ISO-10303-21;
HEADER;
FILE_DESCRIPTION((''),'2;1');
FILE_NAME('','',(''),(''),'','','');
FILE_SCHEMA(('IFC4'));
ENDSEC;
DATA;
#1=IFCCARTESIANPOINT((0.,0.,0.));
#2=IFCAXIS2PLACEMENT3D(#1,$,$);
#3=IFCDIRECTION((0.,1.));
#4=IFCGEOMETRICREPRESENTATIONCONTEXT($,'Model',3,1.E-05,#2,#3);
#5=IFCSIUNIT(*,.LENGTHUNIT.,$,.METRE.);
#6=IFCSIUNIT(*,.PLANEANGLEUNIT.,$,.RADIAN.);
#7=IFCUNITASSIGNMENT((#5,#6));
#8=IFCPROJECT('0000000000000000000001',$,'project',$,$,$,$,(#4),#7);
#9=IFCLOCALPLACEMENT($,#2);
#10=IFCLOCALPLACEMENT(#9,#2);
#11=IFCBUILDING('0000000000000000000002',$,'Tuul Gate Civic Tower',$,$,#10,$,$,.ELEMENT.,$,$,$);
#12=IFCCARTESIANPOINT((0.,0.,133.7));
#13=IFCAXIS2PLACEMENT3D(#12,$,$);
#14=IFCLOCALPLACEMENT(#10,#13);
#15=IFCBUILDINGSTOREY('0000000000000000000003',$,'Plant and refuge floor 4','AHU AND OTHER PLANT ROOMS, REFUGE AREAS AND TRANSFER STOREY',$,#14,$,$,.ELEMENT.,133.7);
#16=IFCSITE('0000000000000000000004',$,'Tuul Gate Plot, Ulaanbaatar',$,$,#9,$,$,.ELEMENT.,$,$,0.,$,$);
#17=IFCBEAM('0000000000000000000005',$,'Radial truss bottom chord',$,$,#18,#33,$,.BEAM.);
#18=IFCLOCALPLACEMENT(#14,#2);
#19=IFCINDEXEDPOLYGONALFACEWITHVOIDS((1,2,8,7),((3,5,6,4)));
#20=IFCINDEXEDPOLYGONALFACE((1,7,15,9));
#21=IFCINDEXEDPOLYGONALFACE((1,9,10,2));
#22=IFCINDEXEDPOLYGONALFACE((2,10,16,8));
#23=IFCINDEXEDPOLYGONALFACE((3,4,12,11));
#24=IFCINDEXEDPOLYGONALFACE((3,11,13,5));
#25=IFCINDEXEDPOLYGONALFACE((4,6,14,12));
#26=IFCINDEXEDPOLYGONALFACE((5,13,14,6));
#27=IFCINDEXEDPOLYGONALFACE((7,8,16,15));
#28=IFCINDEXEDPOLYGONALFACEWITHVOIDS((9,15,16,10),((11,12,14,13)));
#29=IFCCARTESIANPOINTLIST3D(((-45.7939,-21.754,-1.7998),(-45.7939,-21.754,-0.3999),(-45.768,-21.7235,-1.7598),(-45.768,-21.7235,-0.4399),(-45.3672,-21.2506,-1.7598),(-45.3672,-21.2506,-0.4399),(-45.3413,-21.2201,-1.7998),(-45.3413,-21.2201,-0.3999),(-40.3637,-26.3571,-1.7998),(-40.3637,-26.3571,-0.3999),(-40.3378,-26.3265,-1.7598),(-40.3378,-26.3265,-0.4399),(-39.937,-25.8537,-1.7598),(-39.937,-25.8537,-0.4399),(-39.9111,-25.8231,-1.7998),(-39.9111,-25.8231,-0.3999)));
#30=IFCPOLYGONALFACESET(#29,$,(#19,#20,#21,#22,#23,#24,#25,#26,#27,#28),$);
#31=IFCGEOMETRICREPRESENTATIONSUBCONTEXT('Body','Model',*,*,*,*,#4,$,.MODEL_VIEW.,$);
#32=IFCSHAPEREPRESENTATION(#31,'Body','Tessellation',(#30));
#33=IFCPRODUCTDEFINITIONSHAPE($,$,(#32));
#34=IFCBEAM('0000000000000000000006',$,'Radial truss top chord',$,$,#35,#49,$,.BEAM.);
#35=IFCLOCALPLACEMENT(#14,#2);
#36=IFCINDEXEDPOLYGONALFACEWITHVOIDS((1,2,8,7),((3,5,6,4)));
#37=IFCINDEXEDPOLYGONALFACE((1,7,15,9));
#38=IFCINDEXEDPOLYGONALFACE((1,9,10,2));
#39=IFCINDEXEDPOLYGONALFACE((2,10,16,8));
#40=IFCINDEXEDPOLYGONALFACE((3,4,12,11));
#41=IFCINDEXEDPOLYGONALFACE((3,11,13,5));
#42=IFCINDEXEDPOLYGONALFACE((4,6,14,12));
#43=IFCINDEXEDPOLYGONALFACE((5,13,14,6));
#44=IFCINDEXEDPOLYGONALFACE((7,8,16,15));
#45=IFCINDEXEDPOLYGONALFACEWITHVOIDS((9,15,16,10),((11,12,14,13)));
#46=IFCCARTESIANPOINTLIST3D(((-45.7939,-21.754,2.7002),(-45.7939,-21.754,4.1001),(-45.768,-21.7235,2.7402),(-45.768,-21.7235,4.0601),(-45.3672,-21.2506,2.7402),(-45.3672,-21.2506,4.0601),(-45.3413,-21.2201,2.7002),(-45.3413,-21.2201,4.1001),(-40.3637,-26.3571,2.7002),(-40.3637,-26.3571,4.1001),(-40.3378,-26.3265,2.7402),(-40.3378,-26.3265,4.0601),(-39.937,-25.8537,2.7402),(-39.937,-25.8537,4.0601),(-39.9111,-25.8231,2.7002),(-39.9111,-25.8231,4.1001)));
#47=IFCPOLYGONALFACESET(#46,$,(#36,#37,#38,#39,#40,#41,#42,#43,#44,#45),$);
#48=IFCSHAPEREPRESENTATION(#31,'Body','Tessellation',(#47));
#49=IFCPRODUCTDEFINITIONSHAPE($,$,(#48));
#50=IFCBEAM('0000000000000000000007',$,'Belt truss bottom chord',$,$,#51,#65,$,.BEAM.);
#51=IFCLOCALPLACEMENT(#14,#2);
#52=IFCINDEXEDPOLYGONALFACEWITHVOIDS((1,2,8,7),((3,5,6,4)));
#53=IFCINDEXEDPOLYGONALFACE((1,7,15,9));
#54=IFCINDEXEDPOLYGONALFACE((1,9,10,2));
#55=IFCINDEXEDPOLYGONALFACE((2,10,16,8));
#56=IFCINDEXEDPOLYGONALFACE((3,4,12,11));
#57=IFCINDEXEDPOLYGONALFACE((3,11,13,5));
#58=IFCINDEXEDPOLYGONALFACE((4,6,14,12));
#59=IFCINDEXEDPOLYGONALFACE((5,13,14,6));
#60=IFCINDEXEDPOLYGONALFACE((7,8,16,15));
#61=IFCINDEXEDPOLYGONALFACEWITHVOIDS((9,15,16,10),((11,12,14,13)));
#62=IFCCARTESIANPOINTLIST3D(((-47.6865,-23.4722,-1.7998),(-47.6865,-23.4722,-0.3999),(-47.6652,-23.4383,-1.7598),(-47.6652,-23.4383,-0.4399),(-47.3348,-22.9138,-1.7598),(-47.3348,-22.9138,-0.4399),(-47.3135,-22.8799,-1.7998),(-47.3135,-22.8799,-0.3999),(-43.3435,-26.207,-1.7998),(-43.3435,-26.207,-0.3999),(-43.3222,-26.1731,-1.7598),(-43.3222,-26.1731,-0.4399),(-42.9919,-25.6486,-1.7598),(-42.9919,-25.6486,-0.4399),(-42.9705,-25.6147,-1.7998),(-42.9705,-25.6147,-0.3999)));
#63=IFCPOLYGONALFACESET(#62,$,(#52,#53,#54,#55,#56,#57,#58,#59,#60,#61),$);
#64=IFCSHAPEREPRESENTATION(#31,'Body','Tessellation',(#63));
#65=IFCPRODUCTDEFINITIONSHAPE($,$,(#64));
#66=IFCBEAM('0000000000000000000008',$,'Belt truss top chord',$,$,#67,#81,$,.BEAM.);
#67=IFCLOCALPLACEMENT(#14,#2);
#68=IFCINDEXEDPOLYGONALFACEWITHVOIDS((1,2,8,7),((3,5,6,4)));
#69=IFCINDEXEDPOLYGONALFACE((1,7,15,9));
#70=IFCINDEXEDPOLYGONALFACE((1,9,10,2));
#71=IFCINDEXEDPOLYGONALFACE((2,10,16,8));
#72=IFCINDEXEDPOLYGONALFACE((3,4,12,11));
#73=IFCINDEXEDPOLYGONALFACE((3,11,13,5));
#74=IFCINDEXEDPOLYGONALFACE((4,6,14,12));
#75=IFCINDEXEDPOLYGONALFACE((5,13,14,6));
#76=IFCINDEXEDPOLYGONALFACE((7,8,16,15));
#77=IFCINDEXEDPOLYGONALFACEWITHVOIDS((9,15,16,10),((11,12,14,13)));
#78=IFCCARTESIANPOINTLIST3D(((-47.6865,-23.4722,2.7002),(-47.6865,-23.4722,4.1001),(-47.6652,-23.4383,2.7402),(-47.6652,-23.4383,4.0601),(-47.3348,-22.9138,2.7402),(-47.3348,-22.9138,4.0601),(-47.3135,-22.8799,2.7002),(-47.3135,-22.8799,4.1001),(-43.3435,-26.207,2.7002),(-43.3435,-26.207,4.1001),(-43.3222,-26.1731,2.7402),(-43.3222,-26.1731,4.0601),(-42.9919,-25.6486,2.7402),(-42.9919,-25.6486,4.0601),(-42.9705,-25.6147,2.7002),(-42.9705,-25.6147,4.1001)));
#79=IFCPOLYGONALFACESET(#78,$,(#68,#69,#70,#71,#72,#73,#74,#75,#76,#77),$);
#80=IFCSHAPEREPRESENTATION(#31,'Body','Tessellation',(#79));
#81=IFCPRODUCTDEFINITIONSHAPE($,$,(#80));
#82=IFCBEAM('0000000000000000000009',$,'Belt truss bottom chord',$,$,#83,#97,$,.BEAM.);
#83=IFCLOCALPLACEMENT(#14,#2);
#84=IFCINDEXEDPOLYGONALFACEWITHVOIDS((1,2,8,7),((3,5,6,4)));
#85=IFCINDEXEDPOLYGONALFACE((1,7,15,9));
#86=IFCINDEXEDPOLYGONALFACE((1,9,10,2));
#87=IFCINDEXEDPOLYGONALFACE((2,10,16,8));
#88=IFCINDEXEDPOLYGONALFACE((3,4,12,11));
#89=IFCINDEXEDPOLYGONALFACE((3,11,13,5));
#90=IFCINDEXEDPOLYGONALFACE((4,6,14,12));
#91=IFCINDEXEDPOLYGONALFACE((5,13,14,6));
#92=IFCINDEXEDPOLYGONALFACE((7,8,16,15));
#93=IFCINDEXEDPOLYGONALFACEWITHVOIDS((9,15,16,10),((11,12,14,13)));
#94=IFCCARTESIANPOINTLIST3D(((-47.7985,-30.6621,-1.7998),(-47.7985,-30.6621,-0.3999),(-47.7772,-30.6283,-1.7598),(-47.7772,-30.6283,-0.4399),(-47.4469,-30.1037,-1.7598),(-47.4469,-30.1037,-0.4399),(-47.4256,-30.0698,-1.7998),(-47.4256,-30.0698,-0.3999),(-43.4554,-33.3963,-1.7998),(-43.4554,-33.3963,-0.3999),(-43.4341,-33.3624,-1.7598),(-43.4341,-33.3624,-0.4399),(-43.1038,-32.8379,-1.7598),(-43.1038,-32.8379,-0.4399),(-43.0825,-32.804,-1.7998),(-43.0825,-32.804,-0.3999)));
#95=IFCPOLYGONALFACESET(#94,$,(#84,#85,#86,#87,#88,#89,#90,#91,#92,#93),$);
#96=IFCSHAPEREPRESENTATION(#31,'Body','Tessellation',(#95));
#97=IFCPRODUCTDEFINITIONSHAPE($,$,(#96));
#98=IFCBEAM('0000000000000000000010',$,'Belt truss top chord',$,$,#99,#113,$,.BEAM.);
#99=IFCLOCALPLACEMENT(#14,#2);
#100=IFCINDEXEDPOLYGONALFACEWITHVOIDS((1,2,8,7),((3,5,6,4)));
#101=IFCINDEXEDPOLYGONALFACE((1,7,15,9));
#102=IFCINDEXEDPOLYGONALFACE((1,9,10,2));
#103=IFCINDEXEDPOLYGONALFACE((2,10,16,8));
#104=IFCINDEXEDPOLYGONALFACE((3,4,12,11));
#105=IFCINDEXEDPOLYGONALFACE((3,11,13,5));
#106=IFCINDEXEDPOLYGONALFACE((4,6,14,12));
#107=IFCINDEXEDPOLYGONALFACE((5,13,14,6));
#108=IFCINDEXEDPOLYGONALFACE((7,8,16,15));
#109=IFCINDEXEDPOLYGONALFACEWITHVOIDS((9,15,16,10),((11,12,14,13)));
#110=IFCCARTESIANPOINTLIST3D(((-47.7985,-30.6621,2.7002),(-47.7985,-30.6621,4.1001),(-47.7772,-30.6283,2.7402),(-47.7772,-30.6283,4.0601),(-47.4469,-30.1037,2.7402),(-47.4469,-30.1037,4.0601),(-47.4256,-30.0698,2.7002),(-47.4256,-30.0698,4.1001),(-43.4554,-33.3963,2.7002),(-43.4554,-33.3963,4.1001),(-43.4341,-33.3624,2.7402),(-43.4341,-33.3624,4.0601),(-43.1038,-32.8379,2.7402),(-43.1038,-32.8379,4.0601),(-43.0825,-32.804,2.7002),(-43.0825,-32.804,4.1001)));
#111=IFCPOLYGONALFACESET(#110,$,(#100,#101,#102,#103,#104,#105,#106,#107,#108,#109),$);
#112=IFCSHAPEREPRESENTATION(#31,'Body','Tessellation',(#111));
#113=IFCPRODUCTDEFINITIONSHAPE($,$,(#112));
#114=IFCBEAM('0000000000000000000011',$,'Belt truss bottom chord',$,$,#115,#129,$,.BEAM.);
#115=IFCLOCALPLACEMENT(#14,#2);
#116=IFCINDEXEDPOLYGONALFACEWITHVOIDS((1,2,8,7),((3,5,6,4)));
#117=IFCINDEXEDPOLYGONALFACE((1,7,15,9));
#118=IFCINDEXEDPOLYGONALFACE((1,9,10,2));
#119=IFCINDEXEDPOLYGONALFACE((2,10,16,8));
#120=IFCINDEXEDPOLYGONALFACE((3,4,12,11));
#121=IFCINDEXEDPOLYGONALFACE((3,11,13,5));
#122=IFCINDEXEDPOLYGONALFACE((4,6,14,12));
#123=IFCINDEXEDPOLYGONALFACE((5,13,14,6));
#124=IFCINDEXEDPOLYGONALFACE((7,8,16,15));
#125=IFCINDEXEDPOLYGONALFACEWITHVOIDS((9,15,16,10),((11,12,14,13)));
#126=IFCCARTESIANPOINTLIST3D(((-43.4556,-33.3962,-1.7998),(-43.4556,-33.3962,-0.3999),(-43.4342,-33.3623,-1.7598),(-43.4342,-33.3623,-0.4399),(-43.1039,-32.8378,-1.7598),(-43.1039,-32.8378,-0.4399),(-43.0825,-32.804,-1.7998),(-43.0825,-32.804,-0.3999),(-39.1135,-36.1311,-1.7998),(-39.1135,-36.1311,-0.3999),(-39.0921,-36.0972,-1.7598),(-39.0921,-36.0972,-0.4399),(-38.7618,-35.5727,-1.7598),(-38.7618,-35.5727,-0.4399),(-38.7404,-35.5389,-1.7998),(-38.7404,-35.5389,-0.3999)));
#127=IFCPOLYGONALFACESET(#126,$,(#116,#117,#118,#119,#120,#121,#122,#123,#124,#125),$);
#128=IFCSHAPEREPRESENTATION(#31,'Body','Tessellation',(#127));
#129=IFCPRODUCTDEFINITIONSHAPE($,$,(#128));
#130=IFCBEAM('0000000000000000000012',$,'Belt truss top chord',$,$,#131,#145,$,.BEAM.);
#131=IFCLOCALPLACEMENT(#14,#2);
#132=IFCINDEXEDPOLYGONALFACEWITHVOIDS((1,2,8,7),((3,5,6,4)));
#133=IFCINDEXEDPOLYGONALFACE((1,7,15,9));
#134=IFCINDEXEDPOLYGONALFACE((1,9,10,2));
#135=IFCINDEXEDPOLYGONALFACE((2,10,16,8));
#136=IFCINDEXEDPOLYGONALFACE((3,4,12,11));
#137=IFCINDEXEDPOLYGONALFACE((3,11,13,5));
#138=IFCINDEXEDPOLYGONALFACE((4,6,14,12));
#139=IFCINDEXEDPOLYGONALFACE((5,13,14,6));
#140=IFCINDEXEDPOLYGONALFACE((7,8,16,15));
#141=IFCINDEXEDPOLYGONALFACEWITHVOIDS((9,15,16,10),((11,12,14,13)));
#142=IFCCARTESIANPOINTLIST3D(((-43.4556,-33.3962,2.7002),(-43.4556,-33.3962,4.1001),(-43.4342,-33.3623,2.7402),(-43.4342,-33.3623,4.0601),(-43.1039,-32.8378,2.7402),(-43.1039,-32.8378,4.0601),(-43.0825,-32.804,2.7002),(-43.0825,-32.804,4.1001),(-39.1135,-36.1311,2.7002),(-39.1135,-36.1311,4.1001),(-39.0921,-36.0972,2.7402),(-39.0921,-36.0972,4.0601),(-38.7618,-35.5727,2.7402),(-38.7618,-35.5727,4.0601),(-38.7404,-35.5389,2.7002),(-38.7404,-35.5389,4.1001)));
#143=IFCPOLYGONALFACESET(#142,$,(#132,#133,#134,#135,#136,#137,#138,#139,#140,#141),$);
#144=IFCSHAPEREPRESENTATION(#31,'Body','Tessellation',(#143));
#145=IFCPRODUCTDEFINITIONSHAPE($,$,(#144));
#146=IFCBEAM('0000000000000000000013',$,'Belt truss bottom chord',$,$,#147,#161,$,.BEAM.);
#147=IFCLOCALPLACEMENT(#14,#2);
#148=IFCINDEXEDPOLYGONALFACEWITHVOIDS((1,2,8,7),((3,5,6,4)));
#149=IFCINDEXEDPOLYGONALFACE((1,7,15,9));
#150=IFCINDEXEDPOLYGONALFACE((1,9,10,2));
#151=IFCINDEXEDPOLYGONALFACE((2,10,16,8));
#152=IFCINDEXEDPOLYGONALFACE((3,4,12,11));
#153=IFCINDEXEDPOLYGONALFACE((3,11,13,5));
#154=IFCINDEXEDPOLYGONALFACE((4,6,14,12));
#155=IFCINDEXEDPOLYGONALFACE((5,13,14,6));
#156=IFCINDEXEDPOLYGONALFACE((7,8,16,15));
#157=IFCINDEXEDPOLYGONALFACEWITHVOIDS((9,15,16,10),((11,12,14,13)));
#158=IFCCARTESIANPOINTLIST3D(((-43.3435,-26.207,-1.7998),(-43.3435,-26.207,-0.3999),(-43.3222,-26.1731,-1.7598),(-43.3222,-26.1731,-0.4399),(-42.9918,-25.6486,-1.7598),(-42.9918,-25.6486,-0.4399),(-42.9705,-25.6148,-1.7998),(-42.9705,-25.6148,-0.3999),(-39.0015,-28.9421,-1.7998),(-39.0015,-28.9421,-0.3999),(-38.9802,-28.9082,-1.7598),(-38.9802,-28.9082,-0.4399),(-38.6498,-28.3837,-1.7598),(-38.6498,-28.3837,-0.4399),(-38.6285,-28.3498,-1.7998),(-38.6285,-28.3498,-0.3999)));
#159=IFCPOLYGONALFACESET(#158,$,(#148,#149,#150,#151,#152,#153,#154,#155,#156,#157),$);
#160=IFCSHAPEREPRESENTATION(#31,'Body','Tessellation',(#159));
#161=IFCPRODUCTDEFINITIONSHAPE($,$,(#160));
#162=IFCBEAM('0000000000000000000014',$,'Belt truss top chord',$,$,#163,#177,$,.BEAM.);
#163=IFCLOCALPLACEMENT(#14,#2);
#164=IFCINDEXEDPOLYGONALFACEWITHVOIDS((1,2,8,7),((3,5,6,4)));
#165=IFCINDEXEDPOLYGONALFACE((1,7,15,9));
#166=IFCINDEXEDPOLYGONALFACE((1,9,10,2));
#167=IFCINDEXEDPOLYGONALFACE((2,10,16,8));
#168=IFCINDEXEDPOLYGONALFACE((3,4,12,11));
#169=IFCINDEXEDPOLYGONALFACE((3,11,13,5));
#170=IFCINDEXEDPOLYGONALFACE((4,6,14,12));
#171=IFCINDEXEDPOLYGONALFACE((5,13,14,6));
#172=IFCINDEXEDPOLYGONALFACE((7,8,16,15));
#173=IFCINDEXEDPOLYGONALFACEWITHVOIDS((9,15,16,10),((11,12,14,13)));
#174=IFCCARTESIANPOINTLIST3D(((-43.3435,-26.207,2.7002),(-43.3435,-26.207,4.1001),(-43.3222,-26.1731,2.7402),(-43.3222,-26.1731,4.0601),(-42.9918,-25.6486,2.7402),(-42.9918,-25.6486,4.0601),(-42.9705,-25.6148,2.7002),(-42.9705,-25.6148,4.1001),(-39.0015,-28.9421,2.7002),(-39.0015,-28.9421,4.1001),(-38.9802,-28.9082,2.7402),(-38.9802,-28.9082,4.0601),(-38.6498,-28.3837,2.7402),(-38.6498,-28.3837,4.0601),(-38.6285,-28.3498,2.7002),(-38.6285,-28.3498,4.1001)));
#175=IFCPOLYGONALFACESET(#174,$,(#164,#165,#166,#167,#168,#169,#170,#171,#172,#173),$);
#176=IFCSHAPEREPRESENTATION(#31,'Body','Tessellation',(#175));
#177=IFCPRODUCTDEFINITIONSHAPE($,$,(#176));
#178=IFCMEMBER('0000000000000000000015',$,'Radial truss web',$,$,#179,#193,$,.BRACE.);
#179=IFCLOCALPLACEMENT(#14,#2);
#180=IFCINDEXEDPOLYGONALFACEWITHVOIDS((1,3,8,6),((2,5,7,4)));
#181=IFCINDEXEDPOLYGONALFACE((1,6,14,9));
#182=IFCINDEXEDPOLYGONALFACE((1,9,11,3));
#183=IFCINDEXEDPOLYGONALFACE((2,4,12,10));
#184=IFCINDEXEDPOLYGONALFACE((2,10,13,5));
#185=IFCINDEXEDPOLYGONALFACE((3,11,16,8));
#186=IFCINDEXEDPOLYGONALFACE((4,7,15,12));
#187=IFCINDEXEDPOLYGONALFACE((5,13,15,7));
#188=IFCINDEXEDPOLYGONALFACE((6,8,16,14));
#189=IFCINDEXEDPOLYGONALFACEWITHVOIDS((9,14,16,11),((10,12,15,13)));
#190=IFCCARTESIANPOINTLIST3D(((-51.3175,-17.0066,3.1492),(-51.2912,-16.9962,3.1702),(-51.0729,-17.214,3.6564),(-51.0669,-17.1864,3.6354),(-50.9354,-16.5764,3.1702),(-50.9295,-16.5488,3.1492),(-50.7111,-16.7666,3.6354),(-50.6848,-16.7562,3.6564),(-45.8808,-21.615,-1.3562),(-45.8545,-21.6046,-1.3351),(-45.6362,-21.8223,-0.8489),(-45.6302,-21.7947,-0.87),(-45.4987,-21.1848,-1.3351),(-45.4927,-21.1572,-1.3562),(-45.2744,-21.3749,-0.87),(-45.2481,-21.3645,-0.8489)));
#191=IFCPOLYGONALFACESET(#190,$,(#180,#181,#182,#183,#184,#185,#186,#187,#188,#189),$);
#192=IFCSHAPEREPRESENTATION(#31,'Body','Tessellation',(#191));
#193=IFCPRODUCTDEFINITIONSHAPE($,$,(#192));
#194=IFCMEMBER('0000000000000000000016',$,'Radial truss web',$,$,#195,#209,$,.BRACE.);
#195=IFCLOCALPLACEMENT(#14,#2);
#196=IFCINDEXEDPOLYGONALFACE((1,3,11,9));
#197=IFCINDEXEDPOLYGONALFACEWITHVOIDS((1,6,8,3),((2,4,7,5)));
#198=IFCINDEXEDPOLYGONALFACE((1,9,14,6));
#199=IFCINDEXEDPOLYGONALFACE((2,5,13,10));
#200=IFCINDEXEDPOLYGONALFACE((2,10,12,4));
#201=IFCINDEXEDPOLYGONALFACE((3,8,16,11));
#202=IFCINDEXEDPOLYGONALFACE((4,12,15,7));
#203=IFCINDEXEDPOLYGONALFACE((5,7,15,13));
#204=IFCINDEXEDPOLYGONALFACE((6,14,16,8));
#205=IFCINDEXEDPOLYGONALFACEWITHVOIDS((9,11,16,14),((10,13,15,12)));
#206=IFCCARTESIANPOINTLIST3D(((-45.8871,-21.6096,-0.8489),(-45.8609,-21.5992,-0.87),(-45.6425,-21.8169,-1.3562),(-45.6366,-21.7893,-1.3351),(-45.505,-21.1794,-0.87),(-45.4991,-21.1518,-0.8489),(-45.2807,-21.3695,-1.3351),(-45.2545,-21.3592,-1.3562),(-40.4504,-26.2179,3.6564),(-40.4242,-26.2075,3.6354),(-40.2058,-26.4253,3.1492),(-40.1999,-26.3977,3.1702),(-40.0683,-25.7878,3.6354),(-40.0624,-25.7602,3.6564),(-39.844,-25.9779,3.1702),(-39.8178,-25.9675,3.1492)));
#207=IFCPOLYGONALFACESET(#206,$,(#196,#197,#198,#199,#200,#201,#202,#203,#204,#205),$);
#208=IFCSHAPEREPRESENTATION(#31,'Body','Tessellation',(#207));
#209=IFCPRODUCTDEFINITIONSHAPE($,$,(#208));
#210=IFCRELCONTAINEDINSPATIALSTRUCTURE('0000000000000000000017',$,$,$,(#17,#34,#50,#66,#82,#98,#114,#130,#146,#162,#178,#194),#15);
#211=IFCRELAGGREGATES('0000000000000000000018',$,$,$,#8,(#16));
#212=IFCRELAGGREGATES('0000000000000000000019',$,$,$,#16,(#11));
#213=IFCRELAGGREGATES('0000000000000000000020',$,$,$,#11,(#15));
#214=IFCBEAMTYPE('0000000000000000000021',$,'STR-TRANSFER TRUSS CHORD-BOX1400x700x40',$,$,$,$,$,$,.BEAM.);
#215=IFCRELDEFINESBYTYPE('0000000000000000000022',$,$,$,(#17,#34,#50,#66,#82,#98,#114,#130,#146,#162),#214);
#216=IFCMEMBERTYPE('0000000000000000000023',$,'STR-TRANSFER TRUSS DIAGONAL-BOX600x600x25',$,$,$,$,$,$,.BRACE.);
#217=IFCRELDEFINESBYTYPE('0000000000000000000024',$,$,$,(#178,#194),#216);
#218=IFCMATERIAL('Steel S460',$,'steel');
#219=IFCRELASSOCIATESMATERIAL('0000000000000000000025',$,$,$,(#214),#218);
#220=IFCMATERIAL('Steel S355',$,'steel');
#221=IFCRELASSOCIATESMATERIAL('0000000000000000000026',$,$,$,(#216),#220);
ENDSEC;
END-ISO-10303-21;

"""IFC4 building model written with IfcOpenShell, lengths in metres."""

from ifc_helpers import new_model, si_unit, direction, frame, origin, origin_2d, place, context, subcontext, project, spatial, hollow_rectangle, extrude, material, material_profile, profile_set, type_object, element, save


model = new_model("IFC4")

# Units and contexts
model_context = context("Model", 3, precision=1e-05, world=origin(), true_north=direction((0.0, 1.0)))
body_context = subcontext(model_context, "Body", "Model", "MODEL_VIEW")
ifc_project = project(units=[si_unit("LENGTHUNIT", "METRE"), si_unit("PLANEANGLEUNIT", "RADIAN")], contexts=[model_context])

# Site, building, storey
site_placement = place(None, origin())
site = spatial("IfcSite", under=ifc_project, at=site_placement, Name="Tuul Gate Plot, Ulaanbaatar", CompositionType="ELEMENT", RefElevation=0.0)
building_placement = place(site_placement, origin())
building = spatial("IfcBuilding", under=site, at=building_placement, Name="Tuul Gate Civic Tower", CompositionType="ELEMENT")
storey_placement = place(building_placement, frame((0.0, 0.0, 133.7)))
storey = spatial("IfcBuildingStorey", under=building, at=storey_placement, Name="Plant and refuge floor 4", Description="AHU AND OTHER PLANT ROOMS, REFUGE AREAS AND TRANSFER STOREY", CompositionType="ELEMENT", Elevation=133.7)

# Beams
ifc_material_1 = material(Name="Steel S460", Category="steel")
ifc_material_profile_1 = material_profile(ifc_material_1, hollow_rectangle(XDim=0.7, YDim=1.3999, WallThickness=0.04, at=origin_2d()), Name="BOX1400x700x40")
ifc_profile_set_1 = profile_set([ifc_material_profile_1], Name="Steel S460")
beam_type = type_object("IfcBeamType", Name="STR-TRANSFER TRUSS CHORD-BOX1400x700x40", PredefinedType="BEAM", material=ifc_profile_set_1)
for number, where, z_axis, x_axis, name in (
    (1, (-45.5676, -21.4871, -1.0999), (0.762814, -0.646618, 0.0), (0.646618, 0.762814, 0.0), "Radial truss bottom chord"),
    (2, (-45.5676, -21.4871, 3.4001), (0.762814, -0.646618, 0.0), (0.646618, 0.762814, 0.0), "Radial truss top chord"),
):
    element("IfcBeam", number, at=place(storey_placement, frame(where, z_axis=z_axis, x_axis=x_axis)), inside=storey, type_object=beam_type, Name=name, PredefinedType="BEAM", context=body_context, shape_type="SweptSolid", body=[
        extrude(hollow_rectangle(XDim=0.7, YDim=1.3999, WallThickness=0.04, at=origin_2d()), origin(), (0.0, 0.0, 1.0), 7.1187),
    ])
for number, where, z_axis, x_axis, name in (
    (3, (-47.5, -23.176, -1.0999), (0.8462, -0.532865, 0.0), (0.532865, 0.8462, 0.0), "Belt truss bottom chord"),
    (4, (-47.5, -23.176, 3.4001), (0.8462, -0.532865, 0.0), (0.532865, 0.8462, 0.0), "Belt truss top chord"),
):
    element("IfcBeam", number, at=place(storey_placement, frame(where, z_axis=z_axis, x_axis=x_axis)), inside=storey, type_object=beam_type, Name=name, PredefinedType="BEAM", context=body_context, shape_type="SweptSolid", body=[
        extrude(hollow_rectangle(XDim=0.7, YDim=1.3999, WallThickness=0.04, at=origin_2d()), origin(), (0.0, 0.0, 1.0), 5.1323),
    ])
for number, where, z_axis, x_axis, name in (
    (5, (-47.6121, -30.366, -1.0999), (0.846265, -0.532763, 0.0), (0.532763, 0.846265, 0.0), "Belt truss bottom chord"),
    (6, (-47.6121, -30.366, 3.4001), (0.846265, -0.532763, 0.0), (0.532763, 0.846265, 0.0), "Belt truss top chord"),
):
    element("IfcBeam", number, at=place(storey_placement, frame(where, z_axis=z_axis, x_axis=x_axis)), inside=storey, type_object=beam_type, Name=name, PredefinedType="BEAM", context=body_context, shape_type="SweptSolid", body=[
        extrude(hollow_rectangle(XDim=0.7, YDim=1.3999, WallThickness=0.04, at=origin_2d()), origin(), (0.0, 0.0, 1.0), 5.1321),
    ])
for number, where, z_axis, x_axis, name in (
    (7, (-43.269, -33.1001, -1.0999), (0.846146, -0.532951, 0.0), (0.532951, 0.846146, 0.0), "Belt truss bottom chord"),
    (8, (-43.269, -33.1001, 3.4001), (0.846146, -0.532951, 0.0), (0.532951, 0.846146, 0.0), "Belt truss top chord"),
    (9, (-43.157, -25.9109, -1.0999), (0.846125, -0.532985, 0.0), (0.532985, 0.846125, 0.0), "Belt truss bottom chord"),
    (10, (-43.157, -25.9109, 3.4001), (0.846125, -0.532985, 0.0), (0.532985, 0.846125, 0.0), "Belt truss top chord"),
):
    element("IfcBeam", number, at=place(storey_placement, frame(where, z_axis=z_axis, x_axis=x_axis)), inside=storey, type_object=beam_type, Name=name, PredefinedType="BEAM", context=body_context, shape_type="SweptSolid", body=[
        extrude(hollow_rectangle(XDim=0.7, YDim=1.3999, WallThickness=0.04, at=origin_2d()), origin(), (0.0, 0.0, 1.0), 5.1316),
    ])

# Members
ifc_material_2 = material(Name="Steel S355", Category="steel")
ifc_material_profile_2 = material_profile(ifc_material_2, hollow_rectangle(XDim=0.6001, YDim=0.6001, WallThickness=0.0249, at=origin_2d()), Name="BOX600x600x25")
ifc_profile_set_2 = profile_set([ifc_material_profile_2], Name="Steel S355")
member_type_1 = type_object("IfcMemberType", Name="STR-TRANSFER TRUSS DIAGONAL-BOX600x600x25", PredefinedType="BRACE", material=ifc_profile_set_2)
for number, where, z_axis, x_axis, name in (
    (11, (-45.5645, -21.4897, -1.1025), (-0.644798, 0.546554, 0.534335), (-0.646601, -0.762829, 0.0), "Radial truss web"),
    (12, (-45.5708, -21.4844, -1.1025), (0.644798, -0.546554, 0.534335), (0.646601, 0.762829, 0.0), "Radial truss web"),
):
    element("IfcMember", number, at=place(storey_placement, frame(where, z_axis=z_axis, x_axis=x_axis)), inside=storey, type_object=member_type_1, Name=name, PredefinedType="BRACE", context=body_context, shape_type="SweptSolid", body=[
        extrude(hollow_rectangle(XDim=0.6001, YDim=0.6001, WallThickness=0.0249, at=origin_2d()), origin(), (0.0, 0.0, 1.0), 8.4316),
    ])

save(model, "model.ifc")
